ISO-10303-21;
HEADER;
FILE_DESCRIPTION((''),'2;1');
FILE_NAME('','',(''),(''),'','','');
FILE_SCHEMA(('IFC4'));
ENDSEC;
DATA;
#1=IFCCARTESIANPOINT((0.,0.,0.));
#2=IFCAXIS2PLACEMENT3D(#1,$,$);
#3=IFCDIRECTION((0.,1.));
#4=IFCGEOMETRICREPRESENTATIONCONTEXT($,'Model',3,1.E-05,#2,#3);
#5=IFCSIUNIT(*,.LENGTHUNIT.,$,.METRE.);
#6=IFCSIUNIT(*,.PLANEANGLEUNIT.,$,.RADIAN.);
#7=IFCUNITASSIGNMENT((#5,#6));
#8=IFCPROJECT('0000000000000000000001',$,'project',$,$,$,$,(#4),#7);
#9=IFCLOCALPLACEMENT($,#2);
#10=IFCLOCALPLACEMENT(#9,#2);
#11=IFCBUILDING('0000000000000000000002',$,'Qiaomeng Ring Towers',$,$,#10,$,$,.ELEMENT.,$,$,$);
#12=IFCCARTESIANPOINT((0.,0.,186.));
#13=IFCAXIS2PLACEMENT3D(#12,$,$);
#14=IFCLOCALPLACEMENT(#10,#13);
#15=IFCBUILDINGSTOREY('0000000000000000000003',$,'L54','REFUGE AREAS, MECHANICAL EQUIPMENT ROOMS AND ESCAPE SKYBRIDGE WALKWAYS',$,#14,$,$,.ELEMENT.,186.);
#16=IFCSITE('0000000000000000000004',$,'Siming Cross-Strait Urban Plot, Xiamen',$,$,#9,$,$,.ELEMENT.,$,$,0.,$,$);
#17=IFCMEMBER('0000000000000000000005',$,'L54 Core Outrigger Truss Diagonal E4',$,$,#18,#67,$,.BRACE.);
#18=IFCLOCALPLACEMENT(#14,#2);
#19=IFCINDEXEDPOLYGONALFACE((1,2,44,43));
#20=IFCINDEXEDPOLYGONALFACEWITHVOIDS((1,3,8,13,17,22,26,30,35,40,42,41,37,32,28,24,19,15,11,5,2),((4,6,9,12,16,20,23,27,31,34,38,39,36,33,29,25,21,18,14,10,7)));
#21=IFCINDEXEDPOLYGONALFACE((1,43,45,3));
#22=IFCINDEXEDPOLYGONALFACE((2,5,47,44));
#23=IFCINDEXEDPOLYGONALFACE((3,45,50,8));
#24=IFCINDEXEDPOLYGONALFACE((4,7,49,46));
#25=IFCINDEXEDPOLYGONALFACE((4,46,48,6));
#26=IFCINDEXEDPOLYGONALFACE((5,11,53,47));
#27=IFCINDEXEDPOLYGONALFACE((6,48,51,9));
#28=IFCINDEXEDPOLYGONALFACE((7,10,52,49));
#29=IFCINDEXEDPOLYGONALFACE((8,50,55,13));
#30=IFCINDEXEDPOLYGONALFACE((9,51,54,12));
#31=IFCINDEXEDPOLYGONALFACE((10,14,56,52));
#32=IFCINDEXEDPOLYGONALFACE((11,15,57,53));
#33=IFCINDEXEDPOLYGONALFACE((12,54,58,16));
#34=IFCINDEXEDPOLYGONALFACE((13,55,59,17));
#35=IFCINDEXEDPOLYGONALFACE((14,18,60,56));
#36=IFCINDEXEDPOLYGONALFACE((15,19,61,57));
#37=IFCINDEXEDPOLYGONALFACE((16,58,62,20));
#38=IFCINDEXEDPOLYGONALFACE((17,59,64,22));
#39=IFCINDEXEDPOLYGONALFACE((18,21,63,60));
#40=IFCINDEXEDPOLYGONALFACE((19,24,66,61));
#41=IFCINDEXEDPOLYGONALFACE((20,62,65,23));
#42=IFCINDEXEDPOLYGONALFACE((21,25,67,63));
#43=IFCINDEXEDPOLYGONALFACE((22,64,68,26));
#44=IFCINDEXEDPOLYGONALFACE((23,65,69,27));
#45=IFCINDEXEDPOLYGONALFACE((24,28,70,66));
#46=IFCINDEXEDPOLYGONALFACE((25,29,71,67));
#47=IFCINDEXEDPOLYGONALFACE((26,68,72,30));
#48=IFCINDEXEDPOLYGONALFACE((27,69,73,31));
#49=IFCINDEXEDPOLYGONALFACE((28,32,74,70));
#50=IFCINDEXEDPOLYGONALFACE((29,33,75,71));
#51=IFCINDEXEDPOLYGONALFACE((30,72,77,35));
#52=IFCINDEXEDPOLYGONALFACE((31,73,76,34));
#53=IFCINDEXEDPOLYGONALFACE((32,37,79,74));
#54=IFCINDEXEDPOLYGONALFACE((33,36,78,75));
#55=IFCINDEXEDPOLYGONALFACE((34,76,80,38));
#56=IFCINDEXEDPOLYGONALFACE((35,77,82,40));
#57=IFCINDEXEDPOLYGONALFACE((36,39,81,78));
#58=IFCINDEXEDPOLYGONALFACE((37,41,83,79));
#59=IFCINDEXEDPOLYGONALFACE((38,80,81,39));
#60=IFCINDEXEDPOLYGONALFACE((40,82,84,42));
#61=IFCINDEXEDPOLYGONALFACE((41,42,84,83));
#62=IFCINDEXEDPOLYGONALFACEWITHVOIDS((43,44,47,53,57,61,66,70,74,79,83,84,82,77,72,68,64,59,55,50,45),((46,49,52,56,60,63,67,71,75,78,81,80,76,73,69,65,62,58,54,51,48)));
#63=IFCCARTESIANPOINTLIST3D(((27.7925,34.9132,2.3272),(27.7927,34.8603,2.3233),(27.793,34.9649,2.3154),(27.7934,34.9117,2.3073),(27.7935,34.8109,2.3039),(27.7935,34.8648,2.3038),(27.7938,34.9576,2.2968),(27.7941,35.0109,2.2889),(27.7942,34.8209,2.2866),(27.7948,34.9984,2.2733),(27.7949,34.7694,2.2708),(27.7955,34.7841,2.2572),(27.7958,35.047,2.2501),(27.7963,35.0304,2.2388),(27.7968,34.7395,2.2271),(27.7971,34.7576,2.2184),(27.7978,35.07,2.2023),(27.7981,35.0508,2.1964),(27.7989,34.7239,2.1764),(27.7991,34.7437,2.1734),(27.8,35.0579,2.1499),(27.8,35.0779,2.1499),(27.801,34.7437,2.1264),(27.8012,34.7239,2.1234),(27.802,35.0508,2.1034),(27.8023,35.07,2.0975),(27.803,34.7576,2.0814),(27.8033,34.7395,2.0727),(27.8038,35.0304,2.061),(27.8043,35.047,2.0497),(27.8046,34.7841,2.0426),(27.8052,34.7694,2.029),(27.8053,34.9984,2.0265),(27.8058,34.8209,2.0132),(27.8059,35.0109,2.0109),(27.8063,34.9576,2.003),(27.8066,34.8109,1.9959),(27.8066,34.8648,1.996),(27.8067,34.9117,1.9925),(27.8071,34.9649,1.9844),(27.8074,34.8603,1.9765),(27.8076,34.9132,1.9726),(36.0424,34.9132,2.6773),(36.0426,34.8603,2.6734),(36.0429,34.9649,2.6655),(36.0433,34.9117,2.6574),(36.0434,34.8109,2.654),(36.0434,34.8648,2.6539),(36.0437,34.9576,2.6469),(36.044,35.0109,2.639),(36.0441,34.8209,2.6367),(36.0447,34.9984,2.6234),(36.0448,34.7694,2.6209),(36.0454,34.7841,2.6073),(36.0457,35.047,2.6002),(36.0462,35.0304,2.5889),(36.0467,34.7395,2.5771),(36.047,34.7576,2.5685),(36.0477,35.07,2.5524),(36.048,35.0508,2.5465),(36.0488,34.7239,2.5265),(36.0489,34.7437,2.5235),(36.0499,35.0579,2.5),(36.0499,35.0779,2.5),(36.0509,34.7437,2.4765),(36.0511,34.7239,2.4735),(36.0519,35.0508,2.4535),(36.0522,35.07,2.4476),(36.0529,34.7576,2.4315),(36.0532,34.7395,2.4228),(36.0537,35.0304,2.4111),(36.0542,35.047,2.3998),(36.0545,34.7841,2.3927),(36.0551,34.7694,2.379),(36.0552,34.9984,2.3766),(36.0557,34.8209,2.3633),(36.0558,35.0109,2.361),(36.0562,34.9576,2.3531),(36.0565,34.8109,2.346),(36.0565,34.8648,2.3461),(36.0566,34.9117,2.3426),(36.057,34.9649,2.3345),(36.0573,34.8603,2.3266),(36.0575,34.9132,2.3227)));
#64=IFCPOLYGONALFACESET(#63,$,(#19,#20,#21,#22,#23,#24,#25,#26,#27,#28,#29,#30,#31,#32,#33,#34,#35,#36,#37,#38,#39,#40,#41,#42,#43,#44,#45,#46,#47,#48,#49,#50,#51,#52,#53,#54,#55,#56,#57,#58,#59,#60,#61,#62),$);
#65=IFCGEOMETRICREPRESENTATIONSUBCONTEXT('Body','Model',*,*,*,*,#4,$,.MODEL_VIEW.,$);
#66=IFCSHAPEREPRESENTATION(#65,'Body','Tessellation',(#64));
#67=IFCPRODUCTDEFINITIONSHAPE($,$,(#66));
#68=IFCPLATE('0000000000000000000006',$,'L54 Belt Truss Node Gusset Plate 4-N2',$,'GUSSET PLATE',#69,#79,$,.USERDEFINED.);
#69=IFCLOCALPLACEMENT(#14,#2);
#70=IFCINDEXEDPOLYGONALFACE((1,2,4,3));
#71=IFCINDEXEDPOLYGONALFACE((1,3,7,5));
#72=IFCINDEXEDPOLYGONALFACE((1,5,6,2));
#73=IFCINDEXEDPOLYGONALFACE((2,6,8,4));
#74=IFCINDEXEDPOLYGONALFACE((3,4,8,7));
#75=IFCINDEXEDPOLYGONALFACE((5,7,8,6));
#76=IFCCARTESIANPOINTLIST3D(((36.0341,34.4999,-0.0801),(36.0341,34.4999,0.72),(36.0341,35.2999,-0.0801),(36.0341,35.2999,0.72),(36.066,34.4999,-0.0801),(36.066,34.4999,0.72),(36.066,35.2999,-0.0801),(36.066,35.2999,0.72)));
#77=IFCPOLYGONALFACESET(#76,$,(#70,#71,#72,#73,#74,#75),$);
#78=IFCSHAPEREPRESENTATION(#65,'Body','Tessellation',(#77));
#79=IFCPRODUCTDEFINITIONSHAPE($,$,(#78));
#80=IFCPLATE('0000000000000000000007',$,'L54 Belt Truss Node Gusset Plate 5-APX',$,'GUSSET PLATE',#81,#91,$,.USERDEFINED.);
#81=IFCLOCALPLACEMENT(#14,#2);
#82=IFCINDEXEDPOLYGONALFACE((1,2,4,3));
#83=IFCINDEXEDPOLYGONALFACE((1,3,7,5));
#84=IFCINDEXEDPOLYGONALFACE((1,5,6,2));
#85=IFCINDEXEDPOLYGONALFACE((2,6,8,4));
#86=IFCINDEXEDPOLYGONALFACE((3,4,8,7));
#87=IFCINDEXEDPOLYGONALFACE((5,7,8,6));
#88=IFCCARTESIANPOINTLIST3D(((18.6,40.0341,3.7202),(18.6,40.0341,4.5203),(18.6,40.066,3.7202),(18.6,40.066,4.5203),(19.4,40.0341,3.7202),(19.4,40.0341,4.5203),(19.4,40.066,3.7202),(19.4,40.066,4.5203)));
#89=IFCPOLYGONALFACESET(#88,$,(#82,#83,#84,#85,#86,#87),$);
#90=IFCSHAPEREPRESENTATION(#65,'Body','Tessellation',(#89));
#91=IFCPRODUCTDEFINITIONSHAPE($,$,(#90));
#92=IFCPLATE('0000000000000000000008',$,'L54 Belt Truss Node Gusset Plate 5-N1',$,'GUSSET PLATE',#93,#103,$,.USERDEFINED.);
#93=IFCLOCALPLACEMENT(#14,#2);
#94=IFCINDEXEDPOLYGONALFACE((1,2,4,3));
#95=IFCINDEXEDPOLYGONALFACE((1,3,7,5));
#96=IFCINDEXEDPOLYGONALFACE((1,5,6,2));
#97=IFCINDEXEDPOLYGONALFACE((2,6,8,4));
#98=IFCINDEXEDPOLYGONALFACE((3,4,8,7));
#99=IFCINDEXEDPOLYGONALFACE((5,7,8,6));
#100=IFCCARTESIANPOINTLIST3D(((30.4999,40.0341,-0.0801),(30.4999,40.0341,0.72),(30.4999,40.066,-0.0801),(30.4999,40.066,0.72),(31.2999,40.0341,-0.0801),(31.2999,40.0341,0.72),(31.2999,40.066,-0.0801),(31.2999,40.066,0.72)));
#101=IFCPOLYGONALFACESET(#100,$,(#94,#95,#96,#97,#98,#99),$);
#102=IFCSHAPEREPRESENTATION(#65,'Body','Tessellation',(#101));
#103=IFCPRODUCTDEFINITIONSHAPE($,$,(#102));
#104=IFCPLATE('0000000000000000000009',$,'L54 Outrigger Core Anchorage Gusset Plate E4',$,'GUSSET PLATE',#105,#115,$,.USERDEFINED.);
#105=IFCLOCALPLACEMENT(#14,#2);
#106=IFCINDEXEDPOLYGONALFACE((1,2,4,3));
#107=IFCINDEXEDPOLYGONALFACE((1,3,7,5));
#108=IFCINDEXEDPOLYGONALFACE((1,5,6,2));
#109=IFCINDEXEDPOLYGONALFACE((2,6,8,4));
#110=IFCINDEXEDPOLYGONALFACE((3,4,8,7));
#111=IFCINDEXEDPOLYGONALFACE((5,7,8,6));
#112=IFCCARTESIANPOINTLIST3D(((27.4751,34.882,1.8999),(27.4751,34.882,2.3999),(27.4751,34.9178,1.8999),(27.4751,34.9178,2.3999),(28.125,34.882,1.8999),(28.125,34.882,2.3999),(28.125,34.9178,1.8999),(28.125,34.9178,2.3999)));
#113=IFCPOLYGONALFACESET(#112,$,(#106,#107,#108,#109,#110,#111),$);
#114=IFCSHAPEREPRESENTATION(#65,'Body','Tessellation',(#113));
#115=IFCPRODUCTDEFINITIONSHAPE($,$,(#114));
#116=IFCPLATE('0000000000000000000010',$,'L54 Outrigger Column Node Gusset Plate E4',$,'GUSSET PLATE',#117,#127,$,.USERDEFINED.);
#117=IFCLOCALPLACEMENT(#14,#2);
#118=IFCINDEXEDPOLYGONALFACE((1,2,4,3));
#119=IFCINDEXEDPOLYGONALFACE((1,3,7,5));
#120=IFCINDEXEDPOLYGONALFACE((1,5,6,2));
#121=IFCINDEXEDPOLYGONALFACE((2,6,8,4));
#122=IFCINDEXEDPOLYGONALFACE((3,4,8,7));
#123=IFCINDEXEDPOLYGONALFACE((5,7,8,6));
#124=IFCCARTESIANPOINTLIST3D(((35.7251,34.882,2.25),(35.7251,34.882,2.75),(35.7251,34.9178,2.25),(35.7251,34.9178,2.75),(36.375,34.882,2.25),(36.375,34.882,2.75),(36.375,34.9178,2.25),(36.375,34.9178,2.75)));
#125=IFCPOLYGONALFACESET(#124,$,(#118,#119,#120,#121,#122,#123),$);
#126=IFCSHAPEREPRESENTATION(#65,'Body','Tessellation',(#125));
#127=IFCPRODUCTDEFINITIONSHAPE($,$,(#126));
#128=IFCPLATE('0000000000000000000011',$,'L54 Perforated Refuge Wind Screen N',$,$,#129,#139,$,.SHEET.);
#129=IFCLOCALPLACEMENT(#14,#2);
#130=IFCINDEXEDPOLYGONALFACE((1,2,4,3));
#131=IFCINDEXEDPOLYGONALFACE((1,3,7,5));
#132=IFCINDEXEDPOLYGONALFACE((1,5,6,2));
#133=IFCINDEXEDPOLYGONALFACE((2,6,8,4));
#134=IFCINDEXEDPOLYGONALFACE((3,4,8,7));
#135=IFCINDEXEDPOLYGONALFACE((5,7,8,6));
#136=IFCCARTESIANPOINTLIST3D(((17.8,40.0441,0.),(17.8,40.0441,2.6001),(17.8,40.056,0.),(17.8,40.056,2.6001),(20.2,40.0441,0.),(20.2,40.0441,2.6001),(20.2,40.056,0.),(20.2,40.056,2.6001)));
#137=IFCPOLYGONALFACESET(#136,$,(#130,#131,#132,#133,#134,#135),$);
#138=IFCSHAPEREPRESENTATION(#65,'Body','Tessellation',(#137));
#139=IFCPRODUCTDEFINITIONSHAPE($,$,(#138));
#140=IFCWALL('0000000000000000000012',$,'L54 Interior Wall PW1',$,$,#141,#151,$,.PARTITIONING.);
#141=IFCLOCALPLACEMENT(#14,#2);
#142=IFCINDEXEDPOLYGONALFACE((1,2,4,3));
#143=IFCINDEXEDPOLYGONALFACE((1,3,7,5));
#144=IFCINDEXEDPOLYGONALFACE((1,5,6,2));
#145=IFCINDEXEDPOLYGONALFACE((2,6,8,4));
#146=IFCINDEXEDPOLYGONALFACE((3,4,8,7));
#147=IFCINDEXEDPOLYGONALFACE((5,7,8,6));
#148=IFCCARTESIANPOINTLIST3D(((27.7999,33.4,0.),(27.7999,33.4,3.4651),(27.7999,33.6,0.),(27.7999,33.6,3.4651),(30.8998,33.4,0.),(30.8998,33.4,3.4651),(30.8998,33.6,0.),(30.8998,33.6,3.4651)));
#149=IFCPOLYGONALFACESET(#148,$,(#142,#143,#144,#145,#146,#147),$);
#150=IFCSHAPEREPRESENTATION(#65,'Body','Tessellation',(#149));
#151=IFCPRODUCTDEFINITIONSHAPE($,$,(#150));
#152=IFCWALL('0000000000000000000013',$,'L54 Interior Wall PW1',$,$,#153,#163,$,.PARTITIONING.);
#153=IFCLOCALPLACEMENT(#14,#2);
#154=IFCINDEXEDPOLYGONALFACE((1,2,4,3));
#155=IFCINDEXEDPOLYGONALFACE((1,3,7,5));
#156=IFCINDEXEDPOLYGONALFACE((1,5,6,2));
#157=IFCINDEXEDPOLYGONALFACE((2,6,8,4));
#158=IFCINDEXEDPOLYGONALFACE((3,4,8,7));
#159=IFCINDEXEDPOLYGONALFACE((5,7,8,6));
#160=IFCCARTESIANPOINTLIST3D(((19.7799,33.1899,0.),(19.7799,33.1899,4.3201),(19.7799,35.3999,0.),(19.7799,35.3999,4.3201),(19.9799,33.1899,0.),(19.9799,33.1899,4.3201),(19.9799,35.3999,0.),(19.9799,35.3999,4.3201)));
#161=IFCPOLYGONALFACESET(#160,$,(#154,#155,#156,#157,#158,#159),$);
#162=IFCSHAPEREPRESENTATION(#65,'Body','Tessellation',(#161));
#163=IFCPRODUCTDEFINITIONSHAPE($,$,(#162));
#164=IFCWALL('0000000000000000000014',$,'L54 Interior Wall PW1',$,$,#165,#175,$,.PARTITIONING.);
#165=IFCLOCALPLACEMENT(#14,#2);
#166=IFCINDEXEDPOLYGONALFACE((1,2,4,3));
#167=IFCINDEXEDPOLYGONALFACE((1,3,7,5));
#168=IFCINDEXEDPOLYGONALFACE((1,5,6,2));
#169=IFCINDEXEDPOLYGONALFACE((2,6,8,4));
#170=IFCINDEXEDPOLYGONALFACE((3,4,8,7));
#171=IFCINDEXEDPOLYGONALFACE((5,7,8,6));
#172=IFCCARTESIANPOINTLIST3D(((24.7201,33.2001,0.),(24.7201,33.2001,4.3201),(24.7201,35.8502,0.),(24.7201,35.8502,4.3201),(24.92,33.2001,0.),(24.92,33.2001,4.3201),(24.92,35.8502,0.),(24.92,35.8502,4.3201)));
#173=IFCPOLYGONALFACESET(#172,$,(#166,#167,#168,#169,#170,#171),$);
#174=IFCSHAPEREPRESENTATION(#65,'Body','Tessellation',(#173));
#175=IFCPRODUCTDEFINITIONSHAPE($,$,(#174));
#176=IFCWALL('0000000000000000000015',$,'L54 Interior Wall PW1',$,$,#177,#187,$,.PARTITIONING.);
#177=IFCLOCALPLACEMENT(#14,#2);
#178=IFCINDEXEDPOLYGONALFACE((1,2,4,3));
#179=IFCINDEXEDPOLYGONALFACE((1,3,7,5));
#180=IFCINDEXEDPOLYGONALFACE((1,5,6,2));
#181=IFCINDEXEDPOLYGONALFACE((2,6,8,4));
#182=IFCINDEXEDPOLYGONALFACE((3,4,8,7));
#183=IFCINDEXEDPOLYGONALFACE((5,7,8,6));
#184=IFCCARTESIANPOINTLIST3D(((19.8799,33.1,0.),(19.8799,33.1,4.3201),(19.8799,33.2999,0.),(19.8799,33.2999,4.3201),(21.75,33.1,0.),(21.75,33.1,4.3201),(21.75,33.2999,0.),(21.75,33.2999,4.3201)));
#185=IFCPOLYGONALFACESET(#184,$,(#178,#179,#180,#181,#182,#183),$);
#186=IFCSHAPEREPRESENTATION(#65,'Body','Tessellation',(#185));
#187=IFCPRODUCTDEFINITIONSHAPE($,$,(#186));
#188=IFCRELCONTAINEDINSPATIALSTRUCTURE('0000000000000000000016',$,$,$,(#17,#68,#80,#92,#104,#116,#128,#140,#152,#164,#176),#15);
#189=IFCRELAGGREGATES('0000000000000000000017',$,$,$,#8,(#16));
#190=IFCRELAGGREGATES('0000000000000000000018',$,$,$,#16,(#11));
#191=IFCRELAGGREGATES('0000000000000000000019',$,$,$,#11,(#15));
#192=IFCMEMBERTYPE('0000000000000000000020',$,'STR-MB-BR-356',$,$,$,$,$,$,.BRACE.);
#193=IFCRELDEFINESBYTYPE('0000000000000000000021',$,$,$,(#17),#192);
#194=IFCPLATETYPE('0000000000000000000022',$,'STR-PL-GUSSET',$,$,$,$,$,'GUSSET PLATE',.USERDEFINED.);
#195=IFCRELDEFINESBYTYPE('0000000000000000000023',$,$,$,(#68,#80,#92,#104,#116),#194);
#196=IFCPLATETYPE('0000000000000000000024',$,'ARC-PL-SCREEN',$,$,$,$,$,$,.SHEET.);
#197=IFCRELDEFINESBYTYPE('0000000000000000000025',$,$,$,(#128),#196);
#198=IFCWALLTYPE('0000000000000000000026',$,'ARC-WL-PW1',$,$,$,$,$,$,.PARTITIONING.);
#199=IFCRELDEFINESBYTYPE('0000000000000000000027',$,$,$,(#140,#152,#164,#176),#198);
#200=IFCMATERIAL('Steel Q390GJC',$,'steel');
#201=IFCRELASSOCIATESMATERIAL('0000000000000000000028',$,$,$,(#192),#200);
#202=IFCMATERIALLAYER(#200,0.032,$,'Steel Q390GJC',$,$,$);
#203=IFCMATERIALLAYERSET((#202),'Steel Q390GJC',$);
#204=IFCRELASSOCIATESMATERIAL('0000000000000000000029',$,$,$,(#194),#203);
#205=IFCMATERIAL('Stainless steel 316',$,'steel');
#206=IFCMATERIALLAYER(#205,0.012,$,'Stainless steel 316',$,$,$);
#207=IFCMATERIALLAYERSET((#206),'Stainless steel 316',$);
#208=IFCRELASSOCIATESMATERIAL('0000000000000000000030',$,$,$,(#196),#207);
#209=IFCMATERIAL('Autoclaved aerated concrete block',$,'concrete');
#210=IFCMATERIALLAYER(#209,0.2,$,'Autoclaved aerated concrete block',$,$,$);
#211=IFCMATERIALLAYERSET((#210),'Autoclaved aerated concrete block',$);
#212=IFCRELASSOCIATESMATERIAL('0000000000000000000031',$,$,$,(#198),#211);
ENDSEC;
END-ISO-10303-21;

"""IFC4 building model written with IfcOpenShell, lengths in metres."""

from ifc_helpers import new_model, si_unit, direction, frame, frame_2d, origin, origin_2d, place, context, subcontext, project, spatial, rectangle, hollow_circle, extrude, source, transform, mapped, material, layer, layer_set, material_profile, profile_set, type_object, element, save


model = new_model("IFC4")

# Units and contexts
model_context = context("Model", 3, precision=1e-05, world=origin(), true_north=direction((0.0, 1.0)))
body_context = subcontext(model_context, "Body", "Model", "MODEL_VIEW")
ifc_project = project(units=[si_unit("LENGTHUNIT", "METRE"), si_unit("PLANEANGLEUNIT", "RADIAN")], contexts=[model_context])

# Site, building, storey
site_placement = place(None, origin())
site = spatial("IfcSite", under=ifc_project, at=site_placement, Name="Siming Cross-Strait Urban Plot, Xiamen", CompositionType="ELEMENT", RefElevation=0.0)
building_placement = place(site_placement, origin())
building = spatial("IfcBuilding", under=site, at=building_placement, Name="Qiaomeng Ring Towers", CompositionType="ELEMENT")
storey_placement = place(building_placement, frame((0.0, 0.0, 186.0)))
storey = spatial("IfcBuildingStorey", under=building, at=storey_placement, Name="L54", Description="REFUGE AREAS, MECHANICAL EQUIPMENT ROOMS AND ESCAPE SKYBRIDGE WALKWAYS", CompositionType="ELEMENT", Elevation=186.0)

# Shared definitions
ifc_material_1 = material(Name="Steel Q390GJC", Category="steel")

# Shared definitions
ifc_material_profile_1 = material_profile(ifc_material_1, hollow_circle(Radius=0.178, WallThickness=0.02, at=origin_2d()), Name="CHS 356x20")
ifc_profile_set_1 = profile_set([ifc_material_profile_1], Name="Steel Q390GJC")
member_type_1 = type_object("IfcMemberType", Name="STR-MB-BR-356", PredefinedType="BRACE", material=ifc_profile_set_1)

# Member
shared_shape_1 = source(origin(), body_context, "Body", "SweptSolid", [
    extrude(hollow_circle(Radius=0.178, WallThickness=0.02, at=origin_2d()), origin(), (0.0, 0.0, 1.0), 8.2573),
])
member_1_placement = place(storey_placement, frame((27.8, 34.8999, 2.1499), z_axis=(0.999101, 0.0, 0.042398), x_axis=(0.0, 1.0, 0.0)))
element("IfcMember", 1, at=member_1_placement, inside=storey, type_object=member_type_1, Name="L54 Core Outrigger Truss Diagonal E4", PredefinedType="BRACE", context=body_context, shape_type="MappedRepresentation", body=[
    mapped(shared_shape_1, transform((0.0, 0.0, 0.0), x_axis=(1.0, 0.0, 0.0), y_axis=(0.0, 1.0, 0.0), z_axis=(0.0, 0.0, 1.0), scale=1.0)),
])

# Plates
ifc_layer_1 = layer(ifc_material_1, 0.032, Name="Steel Q390GJC")
ifc_layer_set_1 = layer_set([ifc_layer_1], Name="Steel Q390GJC")
plate_type_1 = type_object("IfcPlateType", Name="STR-PL-GUSSET", ElementType="GUSSET PLATE", PredefinedType="USERDEFINED", material=ifc_layer_set_1)
shared_shape_2 = source(origin(), body_context, "Body", "SweptSolid", [
    extrude(rectangle(XDim=0.8, YDim=0.032, at=origin_2d()), origin(), (0.0, 0.0, 1.0), 0.8),
])
for number, where, z_axis, x_axis, name in (
    (2, (36.05, 34.8999, -0.0801), (0.0, 0.0, 1.0), (0.0, 1.0, 0.0), "L54 Belt Truss Node Gusset Plate 4-N2"),
    (3, (19.0, 40.05, 3.7202), (0.0, 0.0, 1.0), (-1.0, 0.0, 0.0), "L54 Belt Truss Node Gusset Plate 5-APX"),
    (4, (30.8999, 40.05, -0.0801), (0.0, 0.0, 1.0), (-1.0, 0.0, 0.0), "L54 Belt Truss Node Gusset Plate 5-N1"),
):
    element("IfcPlate", number, at=place(storey_placement, frame(where, z_axis=z_axis, x_axis=x_axis)), inside=storey, type_object=plate_type_1, Name=name, ObjectType="GUSSET PLATE", PredefinedType="USERDEFINED", context=body_context, shape_type="MappedRepresentation", body=[
        mapped(shared_shape_2, transform((0.0, 0.0, 0.0), x_axis=(1.0, 0.0, 0.0), y_axis=(0.0, 1.0, 0.0), z_axis=(0.0, 0.0, 1.0), scale=1.0)),
    ])
shared_shape_3 = source(origin(), body_context, "Body", "SweptSolid", [
    extrude(rectangle(XDim=0.6499, YDim=0.0359, at=origin_2d()), origin(), (0.0, 0.0, 1.0), 0.5),
])
for number, where, z_axis, x_axis, name in (
    (5, (27.8, 34.8999, 1.8999), (0.0, 0.0, 1.0), (1.0, 0.0, 0.0), "L54 Outrigger Core Anchorage Gusset Plate E4"),
    (6, (36.05, 34.8999, 2.25), (0.0, 0.0, 1.0), (1.0, 0.0, 0.0), "L54 Outrigger Column Node Gusset Plate E4"),
):
    element("IfcPlate", number, at=place(storey_placement, frame(where, z_axis=z_axis, x_axis=x_axis)), inside=storey, type_object=plate_type_1, Name=name, ObjectType="GUSSET PLATE", PredefinedType="USERDEFINED", context=body_context, shape_type="MappedRepresentation", body=[
        mapped(shared_shape_3, transform((0.0, 0.0, 0.0), x_axis=(1.0, 0.0, 0.0), y_axis=(0.0, 1.0, 0.0), z_axis=(0.0, 0.0, 1.0), scale=1.0)),
    ])
ifc_material_2 = material(Name="Stainless steel 316", Category="steel")
ifc_layer_2 = layer(ifc_material_2, 0.012, Name="Stainless steel 316")
ifc_layer_set_2 = layer_set([ifc_layer_2], Name="Stainless steel 316")
plate_type_2 = type_object("IfcPlateType", Name="ARC-PL-SCREEN", PredefinedType="SHEET", material=ifc_layer_set_2)
shared_shape_4 = source(origin(), body_context, "Body", "SweptSolid", [
    extrude(rectangle(XDim=2.3999, YDim=0.012, at=origin_2d()), origin(), (0.0, 0.0, 1.0), 2.6001),
])
plate_placement = place(storey_placement, frame((19.0, 40.05, 0.0), z_axis=(0.0, 0.0, 1.0), x_axis=(-1.0, 0.0, 0.0)))
element("IfcPlate", 7, at=plate_placement, inside=storey, type_object=plate_type_2, Name="L54 Perforated Refuge Wind Screen N", PredefinedType="SHEET", context=body_context, shape_type="MappedRepresentation", body=[
    mapped(shared_shape_4, transform((0.0, 0.0, 0.0), x_axis=(1.0, 0.0, 0.0), y_axis=(0.0, 1.0, 0.0), z_axis=(0.0, 0.0, 1.0), scale=1.0)),
])

# Walls
ifc_material_3 = material(Name="Autoclaved aerated concrete block", Category="concrete")
ifc_layer_3 = layer(ifc_material_3, 0.2, Name="Autoclaved aerated concrete block")
ifc_layer_set_3 = layer_set([ifc_layer_3], Name="Autoclaved aerated concrete block")
wall_type_1 = type_object("IfcWallType", Name="ARC-WL-PW1", PredefinedType="PARTITIONING", material=ifc_layer_set_3)
wall_1_placement = place(storey_placement, frame((27.8, 33.5, 0.0), z_axis=(0.0, 0.0, 1.0), x_axis=(1.0, 0.0, 0.0)))
element("IfcWall", 8, at=wall_1_placement, inside=storey, type_object=wall_type_1, Name="L54 Interior Wall PW1", PredefinedType="PARTITIONING", context=body_context, shape_type="SweptSolid", body=[
    extrude(rectangle(XDim=3.0999, YDim=0.2, at=frame_2d((1.5498, 0.0))), origin(), (0.0, 0.0, 1.0), 3.4651),
])
wall_2_placement = place(storey_placement, frame((19.8799, 33.1899, 0.0), z_axis=(0.0, 0.0, 1.0), x_axis=(0.0, 1.0, 0.0)))
element("IfcWall", 9, at=wall_2_placement, inside=storey, type_object=wall_type_1, Name="L54 Interior Wall PW1", PredefinedType="PARTITIONING", context=body_context, shape_type="SweptSolid", body=[
    extrude(rectangle(XDim=2.21, YDim=0.2, at=frame_2d((1.105, 0.0))), origin(), (0.0, 0.0, 1.0), 4.3201),
])
wall_3_placement = place(storey_placement, frame((24.8201, 33.2, 0.0), z_axis=(0.0, 0.0, 1.0), x_axis=(0.0, 1.0, 0.0)))
element("IfcWall", 10, at=wall_3_placement, inside=storey, type_object=wall_type_1, Name="L54 Interior Wall PW1", PredefinedType="PARTITIONING", context=body_context, shape_type="SweptSolid", body=[
    extrude(rectangle(XDim=2.6501, YDim=0.2, at=frame_2d((1.3252, 0.0))), origin(), (0.0, 0.0, 1.0), 4.3201),
])
wall_4_placement = place(storey_placement, frame((19.8799, 33.2, 0.0), z_axis=(0.0, 0.0, 1.0), x_axis=(1.0, 0.0, 0.0)))
element("IfcWall", 11, at=wall_4_placement, inside=storey, type_object=wall_type_1, Name="L54 Interior Wall PW1", PredefinedType="PARTITIONING", context=body_context, shape_type="SweptSolid", body=[
    extrude(rectangle(XDim=1.8701, YDim=0.2, at=frame_2d((0.9351, 0.0))), origin(), (0.0, 0.0, 1.0), 4.3201),
])

save(model, "model.ifc")
